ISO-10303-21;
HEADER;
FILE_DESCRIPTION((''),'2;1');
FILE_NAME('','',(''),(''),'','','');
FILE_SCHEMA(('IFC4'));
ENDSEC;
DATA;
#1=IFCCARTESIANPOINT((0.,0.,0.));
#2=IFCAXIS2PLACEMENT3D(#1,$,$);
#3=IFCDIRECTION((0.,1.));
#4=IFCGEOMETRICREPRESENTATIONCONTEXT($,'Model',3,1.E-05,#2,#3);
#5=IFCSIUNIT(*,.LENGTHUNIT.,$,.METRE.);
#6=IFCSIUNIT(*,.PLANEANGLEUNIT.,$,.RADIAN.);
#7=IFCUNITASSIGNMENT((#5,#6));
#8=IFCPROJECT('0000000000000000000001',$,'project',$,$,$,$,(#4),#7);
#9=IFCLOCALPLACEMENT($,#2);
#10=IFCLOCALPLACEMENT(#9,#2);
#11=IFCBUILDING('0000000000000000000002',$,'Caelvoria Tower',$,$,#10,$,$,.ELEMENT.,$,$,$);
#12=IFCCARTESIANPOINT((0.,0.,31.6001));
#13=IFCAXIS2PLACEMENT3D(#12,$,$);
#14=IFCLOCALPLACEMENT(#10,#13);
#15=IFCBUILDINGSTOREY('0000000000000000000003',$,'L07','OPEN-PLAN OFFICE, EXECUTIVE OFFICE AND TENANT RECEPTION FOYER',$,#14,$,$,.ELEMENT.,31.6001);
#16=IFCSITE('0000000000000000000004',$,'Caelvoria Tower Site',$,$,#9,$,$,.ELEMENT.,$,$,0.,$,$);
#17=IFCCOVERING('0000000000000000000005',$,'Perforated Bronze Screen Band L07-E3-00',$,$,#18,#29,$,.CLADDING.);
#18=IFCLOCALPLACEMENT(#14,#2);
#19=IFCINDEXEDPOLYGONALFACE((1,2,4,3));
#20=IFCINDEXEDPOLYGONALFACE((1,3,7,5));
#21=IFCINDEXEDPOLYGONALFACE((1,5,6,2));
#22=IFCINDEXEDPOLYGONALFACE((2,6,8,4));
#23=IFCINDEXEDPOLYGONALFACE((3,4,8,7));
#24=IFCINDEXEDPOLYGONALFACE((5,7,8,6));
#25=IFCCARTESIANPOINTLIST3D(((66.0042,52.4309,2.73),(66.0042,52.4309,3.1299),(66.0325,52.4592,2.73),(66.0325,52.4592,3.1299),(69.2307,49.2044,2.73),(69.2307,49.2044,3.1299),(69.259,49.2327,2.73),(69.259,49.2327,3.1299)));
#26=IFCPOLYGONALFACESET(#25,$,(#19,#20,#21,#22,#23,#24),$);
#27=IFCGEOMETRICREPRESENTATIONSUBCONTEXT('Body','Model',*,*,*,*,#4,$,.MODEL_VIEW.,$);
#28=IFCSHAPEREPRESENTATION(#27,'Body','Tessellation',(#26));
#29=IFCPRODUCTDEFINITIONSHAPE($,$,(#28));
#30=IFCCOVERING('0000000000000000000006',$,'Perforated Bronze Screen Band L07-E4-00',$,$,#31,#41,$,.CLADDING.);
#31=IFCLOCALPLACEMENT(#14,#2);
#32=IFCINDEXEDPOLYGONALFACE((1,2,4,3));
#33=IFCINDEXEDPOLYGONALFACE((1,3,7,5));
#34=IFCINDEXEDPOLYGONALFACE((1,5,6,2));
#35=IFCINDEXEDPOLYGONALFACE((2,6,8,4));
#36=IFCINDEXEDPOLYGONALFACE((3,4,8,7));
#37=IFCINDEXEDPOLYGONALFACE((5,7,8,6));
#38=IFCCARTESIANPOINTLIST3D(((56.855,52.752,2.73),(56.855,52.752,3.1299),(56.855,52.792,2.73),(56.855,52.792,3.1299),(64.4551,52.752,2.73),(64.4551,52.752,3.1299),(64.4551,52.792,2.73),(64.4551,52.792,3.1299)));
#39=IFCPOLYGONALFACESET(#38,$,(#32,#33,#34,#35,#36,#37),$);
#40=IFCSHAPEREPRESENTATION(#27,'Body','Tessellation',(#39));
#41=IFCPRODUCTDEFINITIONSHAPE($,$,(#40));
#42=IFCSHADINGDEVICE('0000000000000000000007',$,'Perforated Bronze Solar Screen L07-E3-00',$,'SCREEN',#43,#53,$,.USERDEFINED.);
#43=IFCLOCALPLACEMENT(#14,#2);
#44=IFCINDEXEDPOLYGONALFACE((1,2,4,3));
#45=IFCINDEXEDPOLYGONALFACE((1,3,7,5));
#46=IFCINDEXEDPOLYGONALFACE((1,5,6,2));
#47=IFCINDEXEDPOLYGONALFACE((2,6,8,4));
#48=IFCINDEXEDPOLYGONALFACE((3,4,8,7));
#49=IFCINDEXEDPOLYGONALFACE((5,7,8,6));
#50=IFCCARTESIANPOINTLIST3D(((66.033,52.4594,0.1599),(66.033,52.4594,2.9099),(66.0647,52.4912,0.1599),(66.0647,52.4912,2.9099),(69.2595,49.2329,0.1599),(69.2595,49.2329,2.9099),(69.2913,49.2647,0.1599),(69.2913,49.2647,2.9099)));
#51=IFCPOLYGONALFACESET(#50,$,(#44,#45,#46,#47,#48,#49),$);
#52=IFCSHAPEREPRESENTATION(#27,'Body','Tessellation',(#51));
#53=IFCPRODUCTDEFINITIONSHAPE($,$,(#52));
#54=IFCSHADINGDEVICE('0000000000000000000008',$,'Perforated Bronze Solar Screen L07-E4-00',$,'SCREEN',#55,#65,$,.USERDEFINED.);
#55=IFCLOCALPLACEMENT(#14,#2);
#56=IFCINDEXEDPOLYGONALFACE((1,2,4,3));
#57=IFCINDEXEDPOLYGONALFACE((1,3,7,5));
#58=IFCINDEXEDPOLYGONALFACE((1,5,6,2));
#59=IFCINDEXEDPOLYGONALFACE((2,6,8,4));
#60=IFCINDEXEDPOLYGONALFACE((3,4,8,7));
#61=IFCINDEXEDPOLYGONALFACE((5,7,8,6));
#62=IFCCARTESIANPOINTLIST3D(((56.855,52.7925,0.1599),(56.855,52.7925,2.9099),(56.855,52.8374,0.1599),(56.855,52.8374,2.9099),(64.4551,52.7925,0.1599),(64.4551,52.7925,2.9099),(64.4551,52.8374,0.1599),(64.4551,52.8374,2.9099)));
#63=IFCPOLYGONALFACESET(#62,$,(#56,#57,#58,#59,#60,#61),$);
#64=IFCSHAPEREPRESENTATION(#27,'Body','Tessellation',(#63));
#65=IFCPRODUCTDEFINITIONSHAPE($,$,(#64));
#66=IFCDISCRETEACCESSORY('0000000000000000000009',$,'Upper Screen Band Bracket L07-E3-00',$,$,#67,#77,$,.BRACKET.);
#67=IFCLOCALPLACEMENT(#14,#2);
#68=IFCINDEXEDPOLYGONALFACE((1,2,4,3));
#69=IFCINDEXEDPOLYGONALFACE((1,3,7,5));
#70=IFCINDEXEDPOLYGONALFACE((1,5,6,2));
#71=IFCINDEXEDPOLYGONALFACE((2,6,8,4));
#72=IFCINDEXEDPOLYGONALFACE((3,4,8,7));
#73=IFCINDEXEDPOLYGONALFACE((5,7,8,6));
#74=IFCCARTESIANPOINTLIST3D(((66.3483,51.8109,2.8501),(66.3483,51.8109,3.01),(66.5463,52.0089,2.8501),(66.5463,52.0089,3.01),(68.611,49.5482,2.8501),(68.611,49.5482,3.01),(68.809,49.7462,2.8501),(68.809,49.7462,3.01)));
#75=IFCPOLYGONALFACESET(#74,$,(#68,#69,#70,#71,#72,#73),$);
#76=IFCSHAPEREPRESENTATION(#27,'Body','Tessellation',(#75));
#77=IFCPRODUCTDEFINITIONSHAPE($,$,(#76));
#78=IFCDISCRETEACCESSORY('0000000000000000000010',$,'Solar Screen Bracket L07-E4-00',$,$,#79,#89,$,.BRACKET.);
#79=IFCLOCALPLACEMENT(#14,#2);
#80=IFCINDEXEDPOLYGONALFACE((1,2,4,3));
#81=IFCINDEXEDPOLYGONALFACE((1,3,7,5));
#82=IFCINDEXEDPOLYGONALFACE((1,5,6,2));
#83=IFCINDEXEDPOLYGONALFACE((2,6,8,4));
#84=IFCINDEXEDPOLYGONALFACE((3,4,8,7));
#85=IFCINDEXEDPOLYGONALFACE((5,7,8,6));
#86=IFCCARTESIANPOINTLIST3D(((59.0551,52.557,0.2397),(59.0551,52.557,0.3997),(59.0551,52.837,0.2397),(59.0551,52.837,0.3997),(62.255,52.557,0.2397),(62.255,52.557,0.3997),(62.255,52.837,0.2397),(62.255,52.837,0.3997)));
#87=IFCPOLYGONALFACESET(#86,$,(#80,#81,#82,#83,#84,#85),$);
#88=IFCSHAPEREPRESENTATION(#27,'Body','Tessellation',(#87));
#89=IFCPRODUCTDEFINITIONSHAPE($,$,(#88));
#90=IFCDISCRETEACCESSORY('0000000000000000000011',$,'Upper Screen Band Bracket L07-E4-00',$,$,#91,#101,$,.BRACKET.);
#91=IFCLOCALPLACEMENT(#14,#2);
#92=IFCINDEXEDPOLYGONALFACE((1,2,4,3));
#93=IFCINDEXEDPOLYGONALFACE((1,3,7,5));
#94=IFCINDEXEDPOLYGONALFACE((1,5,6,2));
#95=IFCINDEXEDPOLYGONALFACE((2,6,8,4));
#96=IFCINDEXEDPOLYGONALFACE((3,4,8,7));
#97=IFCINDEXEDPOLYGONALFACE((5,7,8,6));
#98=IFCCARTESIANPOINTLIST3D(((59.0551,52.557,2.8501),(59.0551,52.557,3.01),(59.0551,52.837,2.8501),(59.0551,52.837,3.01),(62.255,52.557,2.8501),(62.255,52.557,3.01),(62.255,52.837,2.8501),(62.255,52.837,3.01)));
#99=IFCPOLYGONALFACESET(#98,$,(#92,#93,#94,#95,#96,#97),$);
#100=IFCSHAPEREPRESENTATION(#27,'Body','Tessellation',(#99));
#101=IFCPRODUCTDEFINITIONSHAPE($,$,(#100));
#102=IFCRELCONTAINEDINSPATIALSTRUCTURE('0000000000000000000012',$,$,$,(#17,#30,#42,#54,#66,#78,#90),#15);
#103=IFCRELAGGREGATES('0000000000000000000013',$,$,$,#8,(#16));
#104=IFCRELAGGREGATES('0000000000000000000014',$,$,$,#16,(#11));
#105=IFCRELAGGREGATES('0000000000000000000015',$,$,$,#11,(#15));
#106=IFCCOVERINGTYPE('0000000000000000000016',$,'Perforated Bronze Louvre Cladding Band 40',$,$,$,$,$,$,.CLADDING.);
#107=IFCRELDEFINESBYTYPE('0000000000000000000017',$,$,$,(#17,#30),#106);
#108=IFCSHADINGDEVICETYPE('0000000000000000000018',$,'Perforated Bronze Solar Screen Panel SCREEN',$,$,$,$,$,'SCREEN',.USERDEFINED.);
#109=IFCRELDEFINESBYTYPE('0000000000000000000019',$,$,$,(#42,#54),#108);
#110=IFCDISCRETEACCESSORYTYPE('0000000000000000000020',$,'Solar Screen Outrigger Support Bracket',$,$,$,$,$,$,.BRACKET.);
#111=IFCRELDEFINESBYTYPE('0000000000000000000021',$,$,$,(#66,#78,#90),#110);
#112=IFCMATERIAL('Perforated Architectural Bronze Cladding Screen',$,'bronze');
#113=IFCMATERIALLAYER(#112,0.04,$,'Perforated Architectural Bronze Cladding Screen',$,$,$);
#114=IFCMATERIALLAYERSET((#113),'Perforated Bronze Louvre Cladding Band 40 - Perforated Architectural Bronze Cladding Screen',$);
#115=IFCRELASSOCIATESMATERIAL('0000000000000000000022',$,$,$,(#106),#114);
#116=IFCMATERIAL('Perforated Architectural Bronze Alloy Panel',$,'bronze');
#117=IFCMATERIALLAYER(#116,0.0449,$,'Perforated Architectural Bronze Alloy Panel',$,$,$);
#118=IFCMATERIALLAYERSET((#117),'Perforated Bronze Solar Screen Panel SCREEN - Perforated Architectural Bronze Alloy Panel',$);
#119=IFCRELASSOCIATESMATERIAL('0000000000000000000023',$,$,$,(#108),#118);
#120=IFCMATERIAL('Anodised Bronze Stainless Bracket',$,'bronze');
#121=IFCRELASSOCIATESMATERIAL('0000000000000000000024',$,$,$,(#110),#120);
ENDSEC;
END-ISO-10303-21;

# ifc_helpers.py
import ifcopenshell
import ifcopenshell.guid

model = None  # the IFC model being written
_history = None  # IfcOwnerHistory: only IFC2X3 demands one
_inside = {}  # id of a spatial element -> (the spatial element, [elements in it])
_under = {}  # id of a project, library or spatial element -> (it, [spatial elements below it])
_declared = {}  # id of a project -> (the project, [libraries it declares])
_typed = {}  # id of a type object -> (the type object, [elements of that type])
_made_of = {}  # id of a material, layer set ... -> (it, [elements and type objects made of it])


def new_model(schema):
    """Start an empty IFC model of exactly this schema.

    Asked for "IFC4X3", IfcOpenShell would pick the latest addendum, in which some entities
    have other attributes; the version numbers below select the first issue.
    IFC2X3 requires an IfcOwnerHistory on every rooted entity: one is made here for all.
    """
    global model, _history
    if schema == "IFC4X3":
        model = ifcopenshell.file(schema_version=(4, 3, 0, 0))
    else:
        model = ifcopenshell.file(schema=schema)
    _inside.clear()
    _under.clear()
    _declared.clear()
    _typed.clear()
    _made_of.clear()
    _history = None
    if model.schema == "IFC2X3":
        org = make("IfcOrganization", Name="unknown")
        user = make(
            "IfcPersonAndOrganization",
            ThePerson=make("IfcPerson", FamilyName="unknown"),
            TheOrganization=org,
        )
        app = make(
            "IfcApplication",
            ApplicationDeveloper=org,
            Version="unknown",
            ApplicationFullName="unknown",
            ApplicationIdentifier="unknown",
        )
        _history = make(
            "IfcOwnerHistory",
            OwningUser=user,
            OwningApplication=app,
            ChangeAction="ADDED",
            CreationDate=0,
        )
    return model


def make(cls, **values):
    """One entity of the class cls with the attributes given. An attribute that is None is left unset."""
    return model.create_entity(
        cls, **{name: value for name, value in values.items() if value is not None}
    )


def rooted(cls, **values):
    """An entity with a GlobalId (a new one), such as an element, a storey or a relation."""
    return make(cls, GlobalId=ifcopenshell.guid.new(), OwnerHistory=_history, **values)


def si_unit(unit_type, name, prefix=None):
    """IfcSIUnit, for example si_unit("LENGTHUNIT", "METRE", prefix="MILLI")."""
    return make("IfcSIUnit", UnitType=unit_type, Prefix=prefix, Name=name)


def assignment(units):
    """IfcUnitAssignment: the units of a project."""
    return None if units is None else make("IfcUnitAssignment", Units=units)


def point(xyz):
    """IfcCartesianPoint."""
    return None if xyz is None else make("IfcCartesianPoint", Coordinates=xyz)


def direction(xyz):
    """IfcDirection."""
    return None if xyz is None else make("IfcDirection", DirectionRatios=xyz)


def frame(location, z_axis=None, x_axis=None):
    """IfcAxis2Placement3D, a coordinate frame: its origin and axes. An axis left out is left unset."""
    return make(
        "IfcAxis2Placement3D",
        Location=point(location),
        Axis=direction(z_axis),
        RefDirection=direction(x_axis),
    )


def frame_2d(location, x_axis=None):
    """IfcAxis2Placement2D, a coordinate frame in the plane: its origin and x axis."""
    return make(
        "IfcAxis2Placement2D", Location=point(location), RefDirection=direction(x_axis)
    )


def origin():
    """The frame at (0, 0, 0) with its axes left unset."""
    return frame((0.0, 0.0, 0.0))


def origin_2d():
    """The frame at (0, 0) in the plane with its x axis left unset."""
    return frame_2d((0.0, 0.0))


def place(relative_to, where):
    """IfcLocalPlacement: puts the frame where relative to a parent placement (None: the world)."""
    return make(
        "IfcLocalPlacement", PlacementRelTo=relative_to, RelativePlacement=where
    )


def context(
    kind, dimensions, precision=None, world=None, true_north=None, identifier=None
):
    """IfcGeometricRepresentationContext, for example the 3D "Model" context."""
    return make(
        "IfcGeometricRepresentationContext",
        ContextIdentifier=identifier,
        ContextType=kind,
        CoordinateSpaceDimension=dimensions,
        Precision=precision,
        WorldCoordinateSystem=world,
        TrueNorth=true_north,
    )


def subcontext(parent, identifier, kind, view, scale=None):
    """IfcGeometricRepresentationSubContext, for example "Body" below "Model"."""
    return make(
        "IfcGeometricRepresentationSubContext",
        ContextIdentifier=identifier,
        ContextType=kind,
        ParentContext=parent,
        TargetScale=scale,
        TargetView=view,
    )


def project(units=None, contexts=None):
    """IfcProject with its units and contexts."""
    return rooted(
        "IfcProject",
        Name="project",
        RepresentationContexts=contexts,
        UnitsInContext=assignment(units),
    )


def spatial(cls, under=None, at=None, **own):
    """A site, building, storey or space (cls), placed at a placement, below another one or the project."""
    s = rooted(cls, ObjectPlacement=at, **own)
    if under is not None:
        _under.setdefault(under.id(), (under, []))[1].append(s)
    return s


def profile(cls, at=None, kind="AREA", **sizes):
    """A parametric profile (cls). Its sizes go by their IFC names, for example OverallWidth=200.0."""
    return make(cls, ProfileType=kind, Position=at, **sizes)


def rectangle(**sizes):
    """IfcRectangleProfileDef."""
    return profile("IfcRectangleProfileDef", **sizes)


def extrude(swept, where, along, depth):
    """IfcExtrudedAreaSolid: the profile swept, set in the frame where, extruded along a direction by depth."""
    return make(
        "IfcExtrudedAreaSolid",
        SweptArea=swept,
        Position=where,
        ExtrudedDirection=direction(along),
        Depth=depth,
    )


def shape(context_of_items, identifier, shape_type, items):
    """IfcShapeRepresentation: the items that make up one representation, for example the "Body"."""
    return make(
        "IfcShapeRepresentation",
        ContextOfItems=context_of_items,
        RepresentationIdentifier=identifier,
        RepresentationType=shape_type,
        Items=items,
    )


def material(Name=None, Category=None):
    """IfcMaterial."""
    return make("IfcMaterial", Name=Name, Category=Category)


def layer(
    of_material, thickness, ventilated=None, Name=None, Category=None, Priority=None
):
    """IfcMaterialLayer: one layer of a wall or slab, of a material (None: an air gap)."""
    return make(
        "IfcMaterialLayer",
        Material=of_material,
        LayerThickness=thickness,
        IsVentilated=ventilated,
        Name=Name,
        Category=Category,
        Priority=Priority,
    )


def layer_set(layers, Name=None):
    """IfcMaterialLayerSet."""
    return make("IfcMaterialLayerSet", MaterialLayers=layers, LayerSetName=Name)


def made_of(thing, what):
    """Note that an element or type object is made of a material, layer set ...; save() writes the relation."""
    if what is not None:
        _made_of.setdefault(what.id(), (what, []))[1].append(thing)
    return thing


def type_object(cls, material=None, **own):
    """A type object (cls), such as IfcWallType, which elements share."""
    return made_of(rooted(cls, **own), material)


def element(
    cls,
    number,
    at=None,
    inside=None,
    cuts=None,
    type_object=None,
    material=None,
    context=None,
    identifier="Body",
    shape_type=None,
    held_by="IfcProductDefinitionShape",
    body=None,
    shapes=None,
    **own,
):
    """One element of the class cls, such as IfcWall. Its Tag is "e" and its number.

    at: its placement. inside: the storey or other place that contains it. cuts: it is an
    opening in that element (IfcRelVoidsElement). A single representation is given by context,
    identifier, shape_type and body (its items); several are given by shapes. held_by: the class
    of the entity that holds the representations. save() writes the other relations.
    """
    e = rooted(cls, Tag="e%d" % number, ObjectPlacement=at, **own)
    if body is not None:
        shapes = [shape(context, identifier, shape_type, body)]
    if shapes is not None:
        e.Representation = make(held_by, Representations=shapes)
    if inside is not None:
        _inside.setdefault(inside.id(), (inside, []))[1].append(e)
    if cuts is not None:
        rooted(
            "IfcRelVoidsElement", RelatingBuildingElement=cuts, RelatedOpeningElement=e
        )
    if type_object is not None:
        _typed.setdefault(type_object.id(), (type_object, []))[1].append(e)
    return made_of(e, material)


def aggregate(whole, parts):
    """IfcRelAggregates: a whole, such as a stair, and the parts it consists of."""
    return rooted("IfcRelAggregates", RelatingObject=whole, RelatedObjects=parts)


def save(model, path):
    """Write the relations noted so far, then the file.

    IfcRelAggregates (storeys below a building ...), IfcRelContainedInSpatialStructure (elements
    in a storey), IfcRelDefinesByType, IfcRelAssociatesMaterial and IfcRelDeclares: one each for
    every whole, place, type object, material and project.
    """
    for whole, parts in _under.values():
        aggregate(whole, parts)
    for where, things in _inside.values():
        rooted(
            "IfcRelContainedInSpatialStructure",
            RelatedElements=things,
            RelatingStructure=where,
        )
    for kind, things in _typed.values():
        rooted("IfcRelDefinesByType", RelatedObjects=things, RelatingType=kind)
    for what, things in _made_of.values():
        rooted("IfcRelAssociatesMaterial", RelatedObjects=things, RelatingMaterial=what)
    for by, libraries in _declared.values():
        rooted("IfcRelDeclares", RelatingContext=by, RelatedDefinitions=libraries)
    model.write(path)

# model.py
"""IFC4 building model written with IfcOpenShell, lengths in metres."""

from ifc_helpers import new_model, si_unit, direction, frame, origin, origin_2d, place, context, subcontext, project, spatial, rectangle, extrude, material, layer, layer_set, type_object, element, save


model = new_model("IFC4")

# Units and contexts
model_context = context("Model", 3, precision=1e-05, world=origin(), true_north=direction((0.0, 1.0)))
body_context = subcontext(model_context, "Body", "Model", "MODEL_VIEW")
ifc_project = project(units=[si_unit("LENGTHUNIT", "METRE"), si_unit("PLANEANGLEUNIT", "RADIAN")], contexts=[model_context])

# Site, building, storey
site_placement = place(None, origin())
site = spatial("IfcSite", under=ifc_project, at=site_placement, Name="Caelvoria Tower Site", CompositionType="ELEMENT", RefElevation=0.0)
building_placement = place(site_placement, origin())
building = spatial("IfcBuilding", under=site, at=building_placement, Name="Caelvoria Tower", CompositionType="ELEMENT")
storey_placement = place(building_placement, frame((0.0, 0.0, 31.6001)))
storey = spatial("IfcBuildingStorey", under=building, at=storey_placement, Name="L07", Description="OPEN-PLAN OFFICE, EXECUTIVE OFFICE AND TENANT RECEPTION FOYER", CompositionType="ELEMENT", Elevation=31.6001)

# Coverings
ifc_material_1 = material(Name="Perforated Architectural Bronze Cladding Screen", Category="bronze")
ifc_layer_1 = layer(ifc_material_1, 0.04, Name="Perforated Architectural Bronze Cladding Screen")
ifc_layer_set_1 = layer_set([ifc_layer_1], Name="Perforated Bronze Louvre Cladding Band 40 - Perforated Architectural Bronze Cladding Screen")
covering_type = type_object("IfcCoveringType", Name="Perforated Bronze Louvre Cladding Band 40", PredefinedType="CLADDING", material=ifc_layer_set_1)
covering_1_placement = place(storey_placement, frame((67.6316, 50.8318, 2.73), z_axis=(0.0, 0.0, 1.0), x_axis=(-0.707107, 0.707107, 0.0)))
element("IfcCovering", 1, at=covering_1_placement, inside=storey, type_object=covering_type, Name="Perforated Bronze Screen Band L07-E3-00", PredefinedType="CLADDING", context=body_context, shape_type="SweptSolid", body=[
    extrude(rectangle(XDim=4.563, YDim=0.04, at=origin_2d()), origin(), (0.0, 0.0, 1.0), 0.3999),
])
covering_2_placement = place(storey_placement, frame((60.655, 52.772, 2.73), z_axis=(0.0, 0.0, 1.0), x_axis=(-1.0, 0.0, 0.0)))
element("IfcCovering", 2, at=covering_2_placement, inside=storey, type_object=covering_type, Name="Perforated Bronze Screen Band L07-E4-00", PredefinedType="CLADDING", context=body_context, shape_type="SweptSolid", body=[
    extrude(rectangle(XDim=7.6001, YDim=0.04, at=origin_2d()), origin(), (0.0, 0.0, 1.0), 0.3999),
])

# Shading devices
ifc_material_2 = material(Name="Perforated Architectural Bronze Alloy Panel", Category="bronze")
ifc_layer_2 = layer(ifc_material_2, 0.0449, Name="Perforated Architectural Bronze Alloy Panel")
ifc_layer_set_2 = layer_set([ifc_layer_2], Name="Perforated Bronze Solar Screen Panel SCREEN - Perforated Architectural Bronze Alloy Panel")
shading_device_type = type_object("IfcShadingDeviceType", Name="Perforated Bronze Solar Screen Panel SCREEN", ElementType="SCREEN", PredefinedType="USERDEFINED", material=ifc_layer_set_2)
shading_device_1_placement = place(storey_placement, frame((67.6621, 50.8621, 0.1599), z_axis=(0.0, 0.0, 1.0), x_axis=(-0.707107, 0.707107, 0.0)))
element("IfcShadingDevice", 3, at=shading_device_1_placement, inside=storey, type_object=shading_device_type, Name="Perforated Bronze Solar Screen L07-E3-00", ObjectType="SCREEN", PredefinedType="USERDEFINED", context=body_context, shape_type="SweptSolid", body=[
    extrude(rectangle(XDim=4.563, YDim=0.0449, at=origin_2d()), origin(), (0.0, 0.0, 1.0), 2.75),
])
shading_device_2_placement = place(storey_placement, frame((60.655, 52.8149, 0.1599), z_axis=(0.0, 0.0, 1.0), x_axis=(-1.0, 0.0, 0.0)))
element("IfcShadingDevice", 4, at=shading_device_2_placement, inside=storey, type_object=shading_device_type, Name="Perforated Bronze Solar Screen L07-E4-00", ObjectType="SCREEN", PredefinedType="USERDEFINED", context=body_context, shape_type="SweptSolid", body=[
    extrude(rectangle(XDim=7.6001, YDim=0.0449, at=origin_2d()), origin(), (0.0, 0.0, 1.0), 2.75),
])

# Discrete accessories
ifc_material_3 = material(Name="Anodised Bronze Stainless Bracket", Category="bronze")
discrete_accessory_type = type_object("IfcDiscreteAccessoryType", Name="Solar Screen Outrigger Support Bracket", PredefinedType="BRACKET", material=ifc_material_3)
for number, where, z_axis, x_axis, name in (
    (5, (67.5786, 50.7786, 2.8501), (0.0, 0.0, 1.0), (-0.707107, 0.707107, 0.0), "Upper Screen Band Bracket L07-E3-00"),
    (6, (60.655, 52.697, 0.2397), (0.0, 0.0, 1.0), (-1.0, 0.0, 0.0), "Solar Screen Bracket L07-E4-00"),
    (7, (60.655, 52.697, 2.8501), (0.0, 0.0, 1.0), (-1.0, 0.0, 0.0), "Upper Screen Band Bracket L07-E4-00"),
):
    element("IfcDiscreteAccessory", number, at=place(storey_placement, frame(where, z_axis=z_axis, x_axis=x_axis)), inside=storey, type_object=discrete_accessory_type, Name=name, PredefinedType="BRACKET", context=body_context, shape_type="SweptSolid", body=[
        extrude(rectangle(XDim=3.2, YDim=0.28, at=origin_2d()), origin(), (0.0, 0.0, 1.0), 0.1599),
    ])

save(model, "model.ifc")
